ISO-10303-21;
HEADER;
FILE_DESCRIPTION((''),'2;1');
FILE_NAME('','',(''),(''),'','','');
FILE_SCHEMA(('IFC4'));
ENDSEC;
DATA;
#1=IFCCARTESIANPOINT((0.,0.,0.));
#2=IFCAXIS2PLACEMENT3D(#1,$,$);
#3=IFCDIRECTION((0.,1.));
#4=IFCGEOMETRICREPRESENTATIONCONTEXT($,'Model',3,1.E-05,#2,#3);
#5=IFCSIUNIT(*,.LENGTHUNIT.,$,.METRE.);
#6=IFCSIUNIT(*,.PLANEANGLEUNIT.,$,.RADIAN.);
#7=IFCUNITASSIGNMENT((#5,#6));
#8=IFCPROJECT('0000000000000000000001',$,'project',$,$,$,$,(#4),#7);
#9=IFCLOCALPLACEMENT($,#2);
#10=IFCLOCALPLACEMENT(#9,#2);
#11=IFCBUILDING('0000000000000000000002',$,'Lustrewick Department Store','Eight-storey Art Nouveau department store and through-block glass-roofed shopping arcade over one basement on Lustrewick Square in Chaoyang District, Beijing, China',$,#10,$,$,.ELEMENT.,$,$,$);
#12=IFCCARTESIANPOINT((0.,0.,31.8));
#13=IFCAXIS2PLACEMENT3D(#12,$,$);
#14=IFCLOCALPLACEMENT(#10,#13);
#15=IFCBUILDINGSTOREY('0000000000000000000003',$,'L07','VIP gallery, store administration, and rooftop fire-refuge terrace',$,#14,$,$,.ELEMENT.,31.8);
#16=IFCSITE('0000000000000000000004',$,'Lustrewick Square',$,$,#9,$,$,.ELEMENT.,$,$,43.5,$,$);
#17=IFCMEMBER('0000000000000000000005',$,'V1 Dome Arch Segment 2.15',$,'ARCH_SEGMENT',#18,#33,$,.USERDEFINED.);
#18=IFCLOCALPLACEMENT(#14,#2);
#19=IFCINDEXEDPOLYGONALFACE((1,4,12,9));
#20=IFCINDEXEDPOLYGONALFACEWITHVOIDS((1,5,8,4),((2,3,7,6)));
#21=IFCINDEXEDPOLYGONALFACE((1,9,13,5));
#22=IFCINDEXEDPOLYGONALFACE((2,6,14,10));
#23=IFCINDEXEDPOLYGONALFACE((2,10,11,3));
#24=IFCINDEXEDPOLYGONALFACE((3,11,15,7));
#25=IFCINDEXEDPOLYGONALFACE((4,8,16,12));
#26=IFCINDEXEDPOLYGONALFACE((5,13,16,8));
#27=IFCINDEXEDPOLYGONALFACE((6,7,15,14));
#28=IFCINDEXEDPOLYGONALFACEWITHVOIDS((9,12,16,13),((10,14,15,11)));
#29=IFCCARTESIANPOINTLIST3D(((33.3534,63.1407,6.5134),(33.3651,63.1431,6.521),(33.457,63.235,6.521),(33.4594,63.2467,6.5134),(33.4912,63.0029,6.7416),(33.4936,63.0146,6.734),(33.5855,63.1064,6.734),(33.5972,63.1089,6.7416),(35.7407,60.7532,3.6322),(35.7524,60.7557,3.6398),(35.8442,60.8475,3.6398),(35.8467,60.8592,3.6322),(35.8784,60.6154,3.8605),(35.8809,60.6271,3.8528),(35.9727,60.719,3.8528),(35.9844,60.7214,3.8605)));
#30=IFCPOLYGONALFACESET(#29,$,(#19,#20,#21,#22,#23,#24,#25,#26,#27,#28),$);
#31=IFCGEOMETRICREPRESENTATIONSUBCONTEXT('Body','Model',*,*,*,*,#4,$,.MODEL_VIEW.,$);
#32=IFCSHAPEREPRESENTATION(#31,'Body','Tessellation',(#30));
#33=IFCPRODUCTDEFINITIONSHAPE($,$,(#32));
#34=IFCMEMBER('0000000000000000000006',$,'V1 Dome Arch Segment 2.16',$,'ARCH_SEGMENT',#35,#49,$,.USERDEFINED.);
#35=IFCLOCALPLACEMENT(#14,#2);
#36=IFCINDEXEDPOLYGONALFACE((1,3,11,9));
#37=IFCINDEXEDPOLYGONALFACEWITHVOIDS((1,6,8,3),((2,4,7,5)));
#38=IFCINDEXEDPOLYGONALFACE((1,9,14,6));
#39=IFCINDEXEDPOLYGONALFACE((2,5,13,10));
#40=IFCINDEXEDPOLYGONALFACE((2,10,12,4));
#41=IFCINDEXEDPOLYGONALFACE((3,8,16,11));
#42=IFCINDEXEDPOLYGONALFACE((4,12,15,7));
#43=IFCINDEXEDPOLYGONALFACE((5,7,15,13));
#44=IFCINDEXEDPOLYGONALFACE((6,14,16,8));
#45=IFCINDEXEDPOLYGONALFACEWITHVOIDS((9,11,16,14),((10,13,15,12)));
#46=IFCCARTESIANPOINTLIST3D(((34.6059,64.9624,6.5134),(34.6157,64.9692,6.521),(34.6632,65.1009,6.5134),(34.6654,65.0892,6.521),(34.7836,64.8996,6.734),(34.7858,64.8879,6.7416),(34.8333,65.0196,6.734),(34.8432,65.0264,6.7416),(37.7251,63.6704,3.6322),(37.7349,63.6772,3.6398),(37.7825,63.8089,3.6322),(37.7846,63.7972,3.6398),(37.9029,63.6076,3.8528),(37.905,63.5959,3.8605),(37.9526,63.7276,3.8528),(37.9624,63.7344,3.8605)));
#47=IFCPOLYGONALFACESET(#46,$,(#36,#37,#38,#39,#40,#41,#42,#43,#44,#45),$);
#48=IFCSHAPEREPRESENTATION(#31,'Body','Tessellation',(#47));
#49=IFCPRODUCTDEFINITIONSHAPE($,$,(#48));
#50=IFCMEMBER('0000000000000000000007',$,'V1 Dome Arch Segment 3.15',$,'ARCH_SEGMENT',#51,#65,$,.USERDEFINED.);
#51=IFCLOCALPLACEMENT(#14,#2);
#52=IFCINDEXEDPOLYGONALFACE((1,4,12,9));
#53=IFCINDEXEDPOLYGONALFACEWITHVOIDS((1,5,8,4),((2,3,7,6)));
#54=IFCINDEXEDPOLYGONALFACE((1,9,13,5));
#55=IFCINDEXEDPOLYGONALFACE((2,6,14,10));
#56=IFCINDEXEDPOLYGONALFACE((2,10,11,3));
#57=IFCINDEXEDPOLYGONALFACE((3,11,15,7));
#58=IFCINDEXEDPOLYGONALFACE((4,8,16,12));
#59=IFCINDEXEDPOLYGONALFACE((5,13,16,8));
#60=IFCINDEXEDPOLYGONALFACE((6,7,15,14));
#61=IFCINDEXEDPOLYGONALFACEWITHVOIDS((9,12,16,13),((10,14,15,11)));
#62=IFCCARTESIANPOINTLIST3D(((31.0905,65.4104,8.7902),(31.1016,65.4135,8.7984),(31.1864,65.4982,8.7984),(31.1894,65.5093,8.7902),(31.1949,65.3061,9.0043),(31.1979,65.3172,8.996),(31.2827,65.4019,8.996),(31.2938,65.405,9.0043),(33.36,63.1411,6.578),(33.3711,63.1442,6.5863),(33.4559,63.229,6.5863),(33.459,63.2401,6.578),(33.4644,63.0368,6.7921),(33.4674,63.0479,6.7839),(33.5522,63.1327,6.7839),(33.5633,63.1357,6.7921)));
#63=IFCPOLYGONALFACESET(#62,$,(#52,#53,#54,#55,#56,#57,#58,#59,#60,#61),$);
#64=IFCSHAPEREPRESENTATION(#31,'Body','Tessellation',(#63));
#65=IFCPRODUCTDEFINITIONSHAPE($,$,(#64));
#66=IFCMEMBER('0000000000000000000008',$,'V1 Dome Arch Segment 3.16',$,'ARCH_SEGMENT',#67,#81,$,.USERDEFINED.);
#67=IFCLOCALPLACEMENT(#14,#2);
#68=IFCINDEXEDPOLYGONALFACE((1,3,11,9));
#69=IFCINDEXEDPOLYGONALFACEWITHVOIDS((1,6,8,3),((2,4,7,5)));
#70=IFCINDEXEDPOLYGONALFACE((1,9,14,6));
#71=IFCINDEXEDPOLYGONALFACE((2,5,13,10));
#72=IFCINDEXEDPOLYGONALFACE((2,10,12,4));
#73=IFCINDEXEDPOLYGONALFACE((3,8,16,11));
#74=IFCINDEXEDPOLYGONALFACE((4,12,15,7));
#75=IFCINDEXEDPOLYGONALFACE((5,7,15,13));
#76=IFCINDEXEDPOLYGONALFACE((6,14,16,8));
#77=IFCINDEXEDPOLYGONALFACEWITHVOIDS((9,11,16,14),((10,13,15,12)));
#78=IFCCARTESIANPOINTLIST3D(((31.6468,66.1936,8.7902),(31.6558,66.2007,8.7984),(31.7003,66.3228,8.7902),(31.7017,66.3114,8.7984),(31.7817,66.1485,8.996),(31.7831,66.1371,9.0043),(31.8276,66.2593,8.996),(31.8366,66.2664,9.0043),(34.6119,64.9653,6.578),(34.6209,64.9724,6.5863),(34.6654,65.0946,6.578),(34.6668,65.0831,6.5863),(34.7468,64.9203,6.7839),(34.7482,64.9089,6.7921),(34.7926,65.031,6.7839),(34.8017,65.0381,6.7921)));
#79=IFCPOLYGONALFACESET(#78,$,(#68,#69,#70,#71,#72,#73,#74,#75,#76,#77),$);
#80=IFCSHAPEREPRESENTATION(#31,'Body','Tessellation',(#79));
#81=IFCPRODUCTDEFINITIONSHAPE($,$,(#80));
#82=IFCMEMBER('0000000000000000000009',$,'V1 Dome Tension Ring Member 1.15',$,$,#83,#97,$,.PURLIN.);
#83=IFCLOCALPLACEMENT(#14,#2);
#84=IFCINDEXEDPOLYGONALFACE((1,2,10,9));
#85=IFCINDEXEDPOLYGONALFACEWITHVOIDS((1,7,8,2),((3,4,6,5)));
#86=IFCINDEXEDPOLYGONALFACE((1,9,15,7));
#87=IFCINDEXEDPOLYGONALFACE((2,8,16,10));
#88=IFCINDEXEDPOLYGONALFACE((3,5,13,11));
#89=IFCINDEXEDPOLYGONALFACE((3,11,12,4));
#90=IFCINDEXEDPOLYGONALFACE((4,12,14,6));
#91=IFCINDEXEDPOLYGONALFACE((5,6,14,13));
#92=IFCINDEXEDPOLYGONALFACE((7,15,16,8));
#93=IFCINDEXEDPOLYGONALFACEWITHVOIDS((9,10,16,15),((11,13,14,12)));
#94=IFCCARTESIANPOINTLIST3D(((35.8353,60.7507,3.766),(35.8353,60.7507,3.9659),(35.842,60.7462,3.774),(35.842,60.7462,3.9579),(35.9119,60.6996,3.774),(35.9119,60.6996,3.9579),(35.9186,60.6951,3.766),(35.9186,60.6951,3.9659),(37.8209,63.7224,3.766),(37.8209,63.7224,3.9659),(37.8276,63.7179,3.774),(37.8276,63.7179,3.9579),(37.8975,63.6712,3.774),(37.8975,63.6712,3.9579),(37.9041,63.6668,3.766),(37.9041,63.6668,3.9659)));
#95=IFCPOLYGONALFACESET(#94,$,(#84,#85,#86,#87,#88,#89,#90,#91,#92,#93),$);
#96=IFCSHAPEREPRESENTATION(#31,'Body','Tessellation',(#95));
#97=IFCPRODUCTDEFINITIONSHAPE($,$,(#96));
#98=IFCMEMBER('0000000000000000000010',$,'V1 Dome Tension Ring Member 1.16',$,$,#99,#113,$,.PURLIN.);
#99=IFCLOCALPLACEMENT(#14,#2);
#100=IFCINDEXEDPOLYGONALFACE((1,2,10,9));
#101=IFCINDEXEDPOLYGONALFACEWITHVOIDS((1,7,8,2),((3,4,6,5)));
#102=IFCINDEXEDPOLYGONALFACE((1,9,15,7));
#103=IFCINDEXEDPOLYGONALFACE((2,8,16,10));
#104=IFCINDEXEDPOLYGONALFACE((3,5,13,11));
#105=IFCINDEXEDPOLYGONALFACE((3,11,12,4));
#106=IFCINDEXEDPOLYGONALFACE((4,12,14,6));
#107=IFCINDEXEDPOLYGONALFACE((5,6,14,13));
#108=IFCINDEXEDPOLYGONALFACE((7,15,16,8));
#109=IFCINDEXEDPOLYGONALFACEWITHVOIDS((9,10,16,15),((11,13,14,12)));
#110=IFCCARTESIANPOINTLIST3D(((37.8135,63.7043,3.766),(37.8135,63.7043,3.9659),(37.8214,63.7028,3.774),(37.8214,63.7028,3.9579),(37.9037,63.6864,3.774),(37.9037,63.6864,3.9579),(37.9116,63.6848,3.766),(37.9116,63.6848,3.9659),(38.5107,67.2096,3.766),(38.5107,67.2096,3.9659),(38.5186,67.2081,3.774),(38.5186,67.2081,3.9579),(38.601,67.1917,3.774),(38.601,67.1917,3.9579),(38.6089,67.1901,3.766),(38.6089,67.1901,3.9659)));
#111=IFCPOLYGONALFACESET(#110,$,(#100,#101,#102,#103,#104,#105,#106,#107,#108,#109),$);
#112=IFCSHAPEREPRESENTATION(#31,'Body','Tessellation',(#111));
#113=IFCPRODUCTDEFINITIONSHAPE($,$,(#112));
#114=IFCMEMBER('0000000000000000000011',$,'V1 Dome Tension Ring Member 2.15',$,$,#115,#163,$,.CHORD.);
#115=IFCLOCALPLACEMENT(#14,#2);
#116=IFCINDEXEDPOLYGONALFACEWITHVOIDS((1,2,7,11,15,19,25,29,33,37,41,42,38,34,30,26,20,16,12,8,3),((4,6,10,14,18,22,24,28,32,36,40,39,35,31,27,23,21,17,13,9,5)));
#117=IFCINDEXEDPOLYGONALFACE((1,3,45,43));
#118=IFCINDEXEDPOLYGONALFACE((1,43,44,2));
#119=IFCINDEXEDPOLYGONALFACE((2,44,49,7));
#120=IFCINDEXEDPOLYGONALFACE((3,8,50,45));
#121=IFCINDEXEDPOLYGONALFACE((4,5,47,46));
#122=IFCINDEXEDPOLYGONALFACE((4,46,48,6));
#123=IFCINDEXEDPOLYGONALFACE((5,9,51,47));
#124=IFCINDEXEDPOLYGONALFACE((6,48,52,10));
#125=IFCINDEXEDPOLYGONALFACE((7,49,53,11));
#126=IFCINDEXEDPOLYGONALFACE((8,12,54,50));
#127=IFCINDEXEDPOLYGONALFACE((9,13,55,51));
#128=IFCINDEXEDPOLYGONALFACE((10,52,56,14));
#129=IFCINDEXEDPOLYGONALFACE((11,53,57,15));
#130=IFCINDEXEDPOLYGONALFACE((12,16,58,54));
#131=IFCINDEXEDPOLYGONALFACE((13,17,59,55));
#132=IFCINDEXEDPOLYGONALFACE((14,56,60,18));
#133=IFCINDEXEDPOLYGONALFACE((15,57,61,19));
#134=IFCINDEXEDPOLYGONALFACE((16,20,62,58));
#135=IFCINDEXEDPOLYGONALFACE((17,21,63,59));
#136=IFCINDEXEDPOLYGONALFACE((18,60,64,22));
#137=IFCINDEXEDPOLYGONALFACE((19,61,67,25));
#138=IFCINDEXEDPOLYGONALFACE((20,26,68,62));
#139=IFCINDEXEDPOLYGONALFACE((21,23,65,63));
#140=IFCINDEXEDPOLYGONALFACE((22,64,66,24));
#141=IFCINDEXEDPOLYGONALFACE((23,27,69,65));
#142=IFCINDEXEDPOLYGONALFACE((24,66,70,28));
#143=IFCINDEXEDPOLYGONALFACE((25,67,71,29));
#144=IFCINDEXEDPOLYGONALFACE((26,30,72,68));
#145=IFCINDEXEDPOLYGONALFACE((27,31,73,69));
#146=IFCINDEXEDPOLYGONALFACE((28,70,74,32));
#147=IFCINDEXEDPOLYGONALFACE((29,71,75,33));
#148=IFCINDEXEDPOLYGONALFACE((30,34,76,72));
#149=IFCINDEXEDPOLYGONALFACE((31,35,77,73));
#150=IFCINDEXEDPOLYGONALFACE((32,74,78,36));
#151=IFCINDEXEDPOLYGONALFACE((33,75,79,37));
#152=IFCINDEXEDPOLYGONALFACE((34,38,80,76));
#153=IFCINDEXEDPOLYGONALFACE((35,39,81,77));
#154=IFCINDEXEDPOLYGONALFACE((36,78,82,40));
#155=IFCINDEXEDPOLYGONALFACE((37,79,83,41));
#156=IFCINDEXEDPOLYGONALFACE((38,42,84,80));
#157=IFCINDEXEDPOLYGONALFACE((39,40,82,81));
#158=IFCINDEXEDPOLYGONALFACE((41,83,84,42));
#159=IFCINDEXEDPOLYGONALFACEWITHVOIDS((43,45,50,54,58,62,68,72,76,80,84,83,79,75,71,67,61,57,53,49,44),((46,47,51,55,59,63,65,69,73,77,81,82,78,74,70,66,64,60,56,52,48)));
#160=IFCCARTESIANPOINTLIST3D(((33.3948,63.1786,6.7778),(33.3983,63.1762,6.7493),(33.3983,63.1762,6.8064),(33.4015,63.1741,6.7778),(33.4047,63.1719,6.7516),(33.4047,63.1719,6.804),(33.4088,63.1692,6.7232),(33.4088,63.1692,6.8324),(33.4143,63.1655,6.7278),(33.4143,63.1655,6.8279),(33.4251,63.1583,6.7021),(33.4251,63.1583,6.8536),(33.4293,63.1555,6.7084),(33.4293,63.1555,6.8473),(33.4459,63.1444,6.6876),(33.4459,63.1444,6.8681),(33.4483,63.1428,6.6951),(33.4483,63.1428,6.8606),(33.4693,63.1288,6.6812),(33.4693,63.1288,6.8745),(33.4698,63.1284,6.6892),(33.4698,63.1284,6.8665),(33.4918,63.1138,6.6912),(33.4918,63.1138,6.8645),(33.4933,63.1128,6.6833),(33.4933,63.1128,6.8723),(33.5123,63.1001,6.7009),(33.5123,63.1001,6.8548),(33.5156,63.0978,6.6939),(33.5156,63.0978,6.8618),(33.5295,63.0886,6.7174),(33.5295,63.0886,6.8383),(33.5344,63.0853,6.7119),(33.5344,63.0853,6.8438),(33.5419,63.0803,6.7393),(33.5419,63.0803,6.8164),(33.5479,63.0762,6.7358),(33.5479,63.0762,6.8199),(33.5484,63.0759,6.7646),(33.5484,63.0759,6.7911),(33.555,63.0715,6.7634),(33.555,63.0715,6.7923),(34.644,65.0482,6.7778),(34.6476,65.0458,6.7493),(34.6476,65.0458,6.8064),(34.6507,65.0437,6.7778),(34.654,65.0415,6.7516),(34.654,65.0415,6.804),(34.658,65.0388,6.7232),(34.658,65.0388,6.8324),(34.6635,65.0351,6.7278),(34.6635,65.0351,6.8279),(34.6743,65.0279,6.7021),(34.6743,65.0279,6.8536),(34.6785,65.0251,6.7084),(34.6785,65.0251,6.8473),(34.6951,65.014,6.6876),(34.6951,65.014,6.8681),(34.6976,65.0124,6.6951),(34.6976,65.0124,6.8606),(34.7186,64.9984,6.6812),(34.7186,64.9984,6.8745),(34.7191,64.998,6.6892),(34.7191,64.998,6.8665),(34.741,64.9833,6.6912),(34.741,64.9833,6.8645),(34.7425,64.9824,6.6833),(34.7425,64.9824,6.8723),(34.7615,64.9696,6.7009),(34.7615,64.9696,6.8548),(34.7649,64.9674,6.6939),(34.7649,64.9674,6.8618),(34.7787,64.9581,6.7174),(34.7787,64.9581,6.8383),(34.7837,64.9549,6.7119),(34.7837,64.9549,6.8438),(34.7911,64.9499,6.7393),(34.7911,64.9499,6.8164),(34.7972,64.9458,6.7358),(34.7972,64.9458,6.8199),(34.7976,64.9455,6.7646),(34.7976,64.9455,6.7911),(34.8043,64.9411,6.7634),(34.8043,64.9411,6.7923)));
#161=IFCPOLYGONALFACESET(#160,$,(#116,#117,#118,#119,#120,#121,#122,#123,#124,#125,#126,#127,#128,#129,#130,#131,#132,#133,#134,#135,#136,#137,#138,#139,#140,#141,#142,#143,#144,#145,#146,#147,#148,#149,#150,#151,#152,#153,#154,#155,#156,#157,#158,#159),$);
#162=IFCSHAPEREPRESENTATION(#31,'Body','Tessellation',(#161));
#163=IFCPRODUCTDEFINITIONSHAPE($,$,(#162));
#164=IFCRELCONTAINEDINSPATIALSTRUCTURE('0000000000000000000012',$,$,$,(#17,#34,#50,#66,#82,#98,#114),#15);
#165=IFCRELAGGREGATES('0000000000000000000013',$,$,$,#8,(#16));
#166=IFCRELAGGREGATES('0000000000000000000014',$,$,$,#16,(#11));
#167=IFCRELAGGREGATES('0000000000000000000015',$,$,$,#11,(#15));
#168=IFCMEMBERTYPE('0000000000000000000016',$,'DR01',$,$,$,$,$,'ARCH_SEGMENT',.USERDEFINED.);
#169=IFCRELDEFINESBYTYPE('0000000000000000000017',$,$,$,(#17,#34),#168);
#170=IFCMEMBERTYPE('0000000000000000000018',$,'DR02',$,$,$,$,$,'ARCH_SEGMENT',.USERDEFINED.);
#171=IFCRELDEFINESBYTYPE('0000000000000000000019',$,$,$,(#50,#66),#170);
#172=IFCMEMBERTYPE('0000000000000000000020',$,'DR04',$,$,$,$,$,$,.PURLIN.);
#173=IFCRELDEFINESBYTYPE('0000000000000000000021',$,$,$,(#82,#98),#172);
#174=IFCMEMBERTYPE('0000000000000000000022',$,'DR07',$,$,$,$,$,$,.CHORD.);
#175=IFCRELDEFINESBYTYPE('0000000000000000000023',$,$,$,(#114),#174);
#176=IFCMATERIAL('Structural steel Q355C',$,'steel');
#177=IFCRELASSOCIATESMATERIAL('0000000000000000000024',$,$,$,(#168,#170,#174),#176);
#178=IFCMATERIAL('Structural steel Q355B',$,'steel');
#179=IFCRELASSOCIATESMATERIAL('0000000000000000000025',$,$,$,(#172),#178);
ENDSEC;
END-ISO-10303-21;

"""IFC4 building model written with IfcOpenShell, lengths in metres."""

from ifc_helpers import new_model, si_unit, direction, frame, origin, origin_2d, place, context, subcontext, project, spatial, hollow_rectangle, hollow_circle, extrude, material, material_profile, profile_set, type_object, element, save


model = new_model("IFC4")

# Units and contexts
model_context = context("Model", 3, precision=1e-05, world=origin(), true_north=direction((0.0, 1.0)))
body_context = subcontext(model_context, "Body", "Model", "MODEL_VIEW")
ifc_project = project(units=[si_unit("LENGTHUNIT", "METRE"), si_unit("PLANEANGLEUNIT", "RADIAN")], contexts=[model_context])

# Site, building, storey
site_placement = place(None, origin())
site = spatial("IfcSite", under=ifc_project, at=site_placement, Name="Lustrewick Square", CompositionType="ELEMENT", RefElevation=43.5)
building_placement = place(site_placement, origin())
building = spatial("IfcBuilding", under=site, at=building_placement, Name="Lustrewick Department Store", Description="Eight-storey Art Nouveau department store and through-block glass-roofed shopping arcade over one basement on Lustrewick Square in Chaoyang District, Beijing, China", CompositionType="ELEMENT")
storey_placement = place(building_placement, frame((0.0, 0.0, 31.8)))
storey = spatial("IfcBuildingStorey", under=building, at=storey_placement, Name="L07", Description="VIP gallery, store administration, and rooftop fire-refuge terrace", CompositionType="ELEMENT", Elevation=31.8)

# Members
ifc_material_1 = material(Name="Structural steel Q355C", Category="steel")
ifc_material_profile_1 = material_profile(ifc_material_1, hollow_rectangle(XDim=0.1499, YDim=0.3, WallThickness=0.01, at=origin_2d()), Name="RHS 300x150x10")
ifc_profile_set_1 = profile_set([ifc_material_profile_1], Name="Structural steel Q355C")
member_type_1 = type_object("IfcMemberType", Name="DR01", ElementType="ARCH_SEGMENT", PredefinedType="USERDEFINED", material=ifc_profile_set_1)
for number, where, z_axis, x_axis, name in (
    (1, (35.8625, 60.7373, 3.7463), (-0.537852, 0.537907, 0.64913), (-0.707143, -0.707071, 0.0), "V1 Dome Arch Segment 2.15"),
    (2, (37.8438, 63.7024, 3.7463), (-0.702769, 0.291097, 0.649137), (-0.382684, -0.923879, 0.0), "V1 Dome Arch Segment 2.16"),
):
    element("IfcMember", number, at=place(storey_placement, frame(where, z_axis=z_axis, x_axis=x_axis)), inside=storey, type_object=member_type_1, Name=name, ObjectType="ARCH_SEGMENT", PredefinedType="USERDEFINED", context=body_context, shape_type="SweptSolid", body=[
        extrude(hollow_rectangle(XDim=0.1499, YDim=0.3, WallThickness=0.01, at=origin_2d()), origin(), (0.0, 0.0, 1.0), 4.4385),
    ])
ifc_material_profile_2 = material_profile(ifc_material_1, hollow_rectangle(XDim=0.1399, YDim=0.26, WallThickness=0.01, at=origin_2d()), Name="RHS 260x140x10")
ifc_profile_set_2 = profile_set([ifc_material_profile_2], Name="Structural steel Q355C")
member_type_2 = type_object("IfcMemberType", Name="DR02", ElementType="ARCH_SEGMENT", PredefinedType="USERDEFINED", material=ifc_profile_set_2)
for number, where, z_axis, x_axis, name in (
    (3, (33.4617, 63.1384, 6.6851), (-0.582236, 0.582173, 0.567517), (-0.707069, -0.707145, 0.0), "V1 Dome Arch Segment 3.15"),
    (4, (34.7068, 65.0017, 6.6851), (-0.760678, 0.315107, 0.567518), (-0.382708, -0.923869, 0.0), "V1 Dome Arch Segment 3.16"),
):
    element("IfcMember", number, at=place(storey_placement, frame(where, z_axis=z_axis, x_axis=x_axis)), inside=storey, type_object=member_type_2, Name=name, ObjectType="ARCH_SEGMENT", PredefinedType="USERDEFINED", context=body_context, shape_type="SweptSolid", body=[
        extrude(hollow_rectangle(XDim=0.1399, YDim=0.26, WallThickness=0.01, at=origin_2d()), origin(), (0.0, 0.0, 1.0), 3.8979),
    ])
ifc_material_2 = material(Name="Structural steel Q355B", Category="steel")
ifc_material_profile_3 = material_profile(ifc_material_2, hollow_rectangle(XDim=0.1001, YDim=0.2, WallThickness=0.0081, at=origin_2d()), Name="RHS 200x100x8")
ifc_profile_set_3 = profile_set([ifc_material_profile_3], Name="Structural steel Q355B")
member_type_3 = type_object("IfcMemberType", Name="DR04", PredefinedType="PURLIN", material=ifc_profile_set_3)
for number, where, z_axis, x_axis, name in (
    (5, (35.877, 60.7229, 3.866), (0.555567, 0.831472, 0.0), (-0.831472, 0.555567, 0.0), "V1 Dome Tension Ring Member 1.15"),
    (6, (37.8625, 63.6946, 3.866), (0.195091, 0.980785, 0.0), (-0.980785, 0.195091, 0.0), "V1 Dome Tension Ring Member 1.16"),
):
    element("IfcMember", number, at=place(storey_placement, frame(where, z_axis=z_axis, x_axis=x_axis)), inside=storey, type_object=member_type_3, Name=name, PredefinedType="PURLIN", context=body_context, shape_type="SweptSolid", body=[
        extrude(hollow_rectangle(XDim=0.1001, YDim=0.2, WallThickness=0.0081, at=origin_2d()), origin(), (0.0, 0.0, 1.0), 3.574),
    ])
ifc_material_profile_4 = material_profile(ifc_material_1, hollow_circle(Radius=0.0969, WallThickness=0.0081, at=origin_2d()), Name="CHS 194x8")
ifc_profile_set_4 = profile_set([ifc_material_profile_4], Name="Structural steel Q355C")
member_type_4 = type_object("IfcMemberType", Name="DR07", PredefinedType="CHORD", material=ifc_profile_set_4)
member_1_placement = place(storey_placement, frame((33.4753, 63.1248, 6.7778), z_axis=(0.555577, 0.831465, 0.0), x_axis=(-0.831465, 0.555577, 0.0)))
element("IfcMember", 7, at=member_1_placement, inside=storey, type_object=member_type_4, Name="V1 Dome Tension Ring Member 2.15", PredefinedType="CHORD", context=body_context, shape_type="SweptSolid", body=[
    extrude(hollow_circle(Radius=0.0969, WallThickness=0.0081, at=origin_2d()), origin(), (0.0, 0.0, 1.0), 2.2485),
])

save(model, "model.ifc")
